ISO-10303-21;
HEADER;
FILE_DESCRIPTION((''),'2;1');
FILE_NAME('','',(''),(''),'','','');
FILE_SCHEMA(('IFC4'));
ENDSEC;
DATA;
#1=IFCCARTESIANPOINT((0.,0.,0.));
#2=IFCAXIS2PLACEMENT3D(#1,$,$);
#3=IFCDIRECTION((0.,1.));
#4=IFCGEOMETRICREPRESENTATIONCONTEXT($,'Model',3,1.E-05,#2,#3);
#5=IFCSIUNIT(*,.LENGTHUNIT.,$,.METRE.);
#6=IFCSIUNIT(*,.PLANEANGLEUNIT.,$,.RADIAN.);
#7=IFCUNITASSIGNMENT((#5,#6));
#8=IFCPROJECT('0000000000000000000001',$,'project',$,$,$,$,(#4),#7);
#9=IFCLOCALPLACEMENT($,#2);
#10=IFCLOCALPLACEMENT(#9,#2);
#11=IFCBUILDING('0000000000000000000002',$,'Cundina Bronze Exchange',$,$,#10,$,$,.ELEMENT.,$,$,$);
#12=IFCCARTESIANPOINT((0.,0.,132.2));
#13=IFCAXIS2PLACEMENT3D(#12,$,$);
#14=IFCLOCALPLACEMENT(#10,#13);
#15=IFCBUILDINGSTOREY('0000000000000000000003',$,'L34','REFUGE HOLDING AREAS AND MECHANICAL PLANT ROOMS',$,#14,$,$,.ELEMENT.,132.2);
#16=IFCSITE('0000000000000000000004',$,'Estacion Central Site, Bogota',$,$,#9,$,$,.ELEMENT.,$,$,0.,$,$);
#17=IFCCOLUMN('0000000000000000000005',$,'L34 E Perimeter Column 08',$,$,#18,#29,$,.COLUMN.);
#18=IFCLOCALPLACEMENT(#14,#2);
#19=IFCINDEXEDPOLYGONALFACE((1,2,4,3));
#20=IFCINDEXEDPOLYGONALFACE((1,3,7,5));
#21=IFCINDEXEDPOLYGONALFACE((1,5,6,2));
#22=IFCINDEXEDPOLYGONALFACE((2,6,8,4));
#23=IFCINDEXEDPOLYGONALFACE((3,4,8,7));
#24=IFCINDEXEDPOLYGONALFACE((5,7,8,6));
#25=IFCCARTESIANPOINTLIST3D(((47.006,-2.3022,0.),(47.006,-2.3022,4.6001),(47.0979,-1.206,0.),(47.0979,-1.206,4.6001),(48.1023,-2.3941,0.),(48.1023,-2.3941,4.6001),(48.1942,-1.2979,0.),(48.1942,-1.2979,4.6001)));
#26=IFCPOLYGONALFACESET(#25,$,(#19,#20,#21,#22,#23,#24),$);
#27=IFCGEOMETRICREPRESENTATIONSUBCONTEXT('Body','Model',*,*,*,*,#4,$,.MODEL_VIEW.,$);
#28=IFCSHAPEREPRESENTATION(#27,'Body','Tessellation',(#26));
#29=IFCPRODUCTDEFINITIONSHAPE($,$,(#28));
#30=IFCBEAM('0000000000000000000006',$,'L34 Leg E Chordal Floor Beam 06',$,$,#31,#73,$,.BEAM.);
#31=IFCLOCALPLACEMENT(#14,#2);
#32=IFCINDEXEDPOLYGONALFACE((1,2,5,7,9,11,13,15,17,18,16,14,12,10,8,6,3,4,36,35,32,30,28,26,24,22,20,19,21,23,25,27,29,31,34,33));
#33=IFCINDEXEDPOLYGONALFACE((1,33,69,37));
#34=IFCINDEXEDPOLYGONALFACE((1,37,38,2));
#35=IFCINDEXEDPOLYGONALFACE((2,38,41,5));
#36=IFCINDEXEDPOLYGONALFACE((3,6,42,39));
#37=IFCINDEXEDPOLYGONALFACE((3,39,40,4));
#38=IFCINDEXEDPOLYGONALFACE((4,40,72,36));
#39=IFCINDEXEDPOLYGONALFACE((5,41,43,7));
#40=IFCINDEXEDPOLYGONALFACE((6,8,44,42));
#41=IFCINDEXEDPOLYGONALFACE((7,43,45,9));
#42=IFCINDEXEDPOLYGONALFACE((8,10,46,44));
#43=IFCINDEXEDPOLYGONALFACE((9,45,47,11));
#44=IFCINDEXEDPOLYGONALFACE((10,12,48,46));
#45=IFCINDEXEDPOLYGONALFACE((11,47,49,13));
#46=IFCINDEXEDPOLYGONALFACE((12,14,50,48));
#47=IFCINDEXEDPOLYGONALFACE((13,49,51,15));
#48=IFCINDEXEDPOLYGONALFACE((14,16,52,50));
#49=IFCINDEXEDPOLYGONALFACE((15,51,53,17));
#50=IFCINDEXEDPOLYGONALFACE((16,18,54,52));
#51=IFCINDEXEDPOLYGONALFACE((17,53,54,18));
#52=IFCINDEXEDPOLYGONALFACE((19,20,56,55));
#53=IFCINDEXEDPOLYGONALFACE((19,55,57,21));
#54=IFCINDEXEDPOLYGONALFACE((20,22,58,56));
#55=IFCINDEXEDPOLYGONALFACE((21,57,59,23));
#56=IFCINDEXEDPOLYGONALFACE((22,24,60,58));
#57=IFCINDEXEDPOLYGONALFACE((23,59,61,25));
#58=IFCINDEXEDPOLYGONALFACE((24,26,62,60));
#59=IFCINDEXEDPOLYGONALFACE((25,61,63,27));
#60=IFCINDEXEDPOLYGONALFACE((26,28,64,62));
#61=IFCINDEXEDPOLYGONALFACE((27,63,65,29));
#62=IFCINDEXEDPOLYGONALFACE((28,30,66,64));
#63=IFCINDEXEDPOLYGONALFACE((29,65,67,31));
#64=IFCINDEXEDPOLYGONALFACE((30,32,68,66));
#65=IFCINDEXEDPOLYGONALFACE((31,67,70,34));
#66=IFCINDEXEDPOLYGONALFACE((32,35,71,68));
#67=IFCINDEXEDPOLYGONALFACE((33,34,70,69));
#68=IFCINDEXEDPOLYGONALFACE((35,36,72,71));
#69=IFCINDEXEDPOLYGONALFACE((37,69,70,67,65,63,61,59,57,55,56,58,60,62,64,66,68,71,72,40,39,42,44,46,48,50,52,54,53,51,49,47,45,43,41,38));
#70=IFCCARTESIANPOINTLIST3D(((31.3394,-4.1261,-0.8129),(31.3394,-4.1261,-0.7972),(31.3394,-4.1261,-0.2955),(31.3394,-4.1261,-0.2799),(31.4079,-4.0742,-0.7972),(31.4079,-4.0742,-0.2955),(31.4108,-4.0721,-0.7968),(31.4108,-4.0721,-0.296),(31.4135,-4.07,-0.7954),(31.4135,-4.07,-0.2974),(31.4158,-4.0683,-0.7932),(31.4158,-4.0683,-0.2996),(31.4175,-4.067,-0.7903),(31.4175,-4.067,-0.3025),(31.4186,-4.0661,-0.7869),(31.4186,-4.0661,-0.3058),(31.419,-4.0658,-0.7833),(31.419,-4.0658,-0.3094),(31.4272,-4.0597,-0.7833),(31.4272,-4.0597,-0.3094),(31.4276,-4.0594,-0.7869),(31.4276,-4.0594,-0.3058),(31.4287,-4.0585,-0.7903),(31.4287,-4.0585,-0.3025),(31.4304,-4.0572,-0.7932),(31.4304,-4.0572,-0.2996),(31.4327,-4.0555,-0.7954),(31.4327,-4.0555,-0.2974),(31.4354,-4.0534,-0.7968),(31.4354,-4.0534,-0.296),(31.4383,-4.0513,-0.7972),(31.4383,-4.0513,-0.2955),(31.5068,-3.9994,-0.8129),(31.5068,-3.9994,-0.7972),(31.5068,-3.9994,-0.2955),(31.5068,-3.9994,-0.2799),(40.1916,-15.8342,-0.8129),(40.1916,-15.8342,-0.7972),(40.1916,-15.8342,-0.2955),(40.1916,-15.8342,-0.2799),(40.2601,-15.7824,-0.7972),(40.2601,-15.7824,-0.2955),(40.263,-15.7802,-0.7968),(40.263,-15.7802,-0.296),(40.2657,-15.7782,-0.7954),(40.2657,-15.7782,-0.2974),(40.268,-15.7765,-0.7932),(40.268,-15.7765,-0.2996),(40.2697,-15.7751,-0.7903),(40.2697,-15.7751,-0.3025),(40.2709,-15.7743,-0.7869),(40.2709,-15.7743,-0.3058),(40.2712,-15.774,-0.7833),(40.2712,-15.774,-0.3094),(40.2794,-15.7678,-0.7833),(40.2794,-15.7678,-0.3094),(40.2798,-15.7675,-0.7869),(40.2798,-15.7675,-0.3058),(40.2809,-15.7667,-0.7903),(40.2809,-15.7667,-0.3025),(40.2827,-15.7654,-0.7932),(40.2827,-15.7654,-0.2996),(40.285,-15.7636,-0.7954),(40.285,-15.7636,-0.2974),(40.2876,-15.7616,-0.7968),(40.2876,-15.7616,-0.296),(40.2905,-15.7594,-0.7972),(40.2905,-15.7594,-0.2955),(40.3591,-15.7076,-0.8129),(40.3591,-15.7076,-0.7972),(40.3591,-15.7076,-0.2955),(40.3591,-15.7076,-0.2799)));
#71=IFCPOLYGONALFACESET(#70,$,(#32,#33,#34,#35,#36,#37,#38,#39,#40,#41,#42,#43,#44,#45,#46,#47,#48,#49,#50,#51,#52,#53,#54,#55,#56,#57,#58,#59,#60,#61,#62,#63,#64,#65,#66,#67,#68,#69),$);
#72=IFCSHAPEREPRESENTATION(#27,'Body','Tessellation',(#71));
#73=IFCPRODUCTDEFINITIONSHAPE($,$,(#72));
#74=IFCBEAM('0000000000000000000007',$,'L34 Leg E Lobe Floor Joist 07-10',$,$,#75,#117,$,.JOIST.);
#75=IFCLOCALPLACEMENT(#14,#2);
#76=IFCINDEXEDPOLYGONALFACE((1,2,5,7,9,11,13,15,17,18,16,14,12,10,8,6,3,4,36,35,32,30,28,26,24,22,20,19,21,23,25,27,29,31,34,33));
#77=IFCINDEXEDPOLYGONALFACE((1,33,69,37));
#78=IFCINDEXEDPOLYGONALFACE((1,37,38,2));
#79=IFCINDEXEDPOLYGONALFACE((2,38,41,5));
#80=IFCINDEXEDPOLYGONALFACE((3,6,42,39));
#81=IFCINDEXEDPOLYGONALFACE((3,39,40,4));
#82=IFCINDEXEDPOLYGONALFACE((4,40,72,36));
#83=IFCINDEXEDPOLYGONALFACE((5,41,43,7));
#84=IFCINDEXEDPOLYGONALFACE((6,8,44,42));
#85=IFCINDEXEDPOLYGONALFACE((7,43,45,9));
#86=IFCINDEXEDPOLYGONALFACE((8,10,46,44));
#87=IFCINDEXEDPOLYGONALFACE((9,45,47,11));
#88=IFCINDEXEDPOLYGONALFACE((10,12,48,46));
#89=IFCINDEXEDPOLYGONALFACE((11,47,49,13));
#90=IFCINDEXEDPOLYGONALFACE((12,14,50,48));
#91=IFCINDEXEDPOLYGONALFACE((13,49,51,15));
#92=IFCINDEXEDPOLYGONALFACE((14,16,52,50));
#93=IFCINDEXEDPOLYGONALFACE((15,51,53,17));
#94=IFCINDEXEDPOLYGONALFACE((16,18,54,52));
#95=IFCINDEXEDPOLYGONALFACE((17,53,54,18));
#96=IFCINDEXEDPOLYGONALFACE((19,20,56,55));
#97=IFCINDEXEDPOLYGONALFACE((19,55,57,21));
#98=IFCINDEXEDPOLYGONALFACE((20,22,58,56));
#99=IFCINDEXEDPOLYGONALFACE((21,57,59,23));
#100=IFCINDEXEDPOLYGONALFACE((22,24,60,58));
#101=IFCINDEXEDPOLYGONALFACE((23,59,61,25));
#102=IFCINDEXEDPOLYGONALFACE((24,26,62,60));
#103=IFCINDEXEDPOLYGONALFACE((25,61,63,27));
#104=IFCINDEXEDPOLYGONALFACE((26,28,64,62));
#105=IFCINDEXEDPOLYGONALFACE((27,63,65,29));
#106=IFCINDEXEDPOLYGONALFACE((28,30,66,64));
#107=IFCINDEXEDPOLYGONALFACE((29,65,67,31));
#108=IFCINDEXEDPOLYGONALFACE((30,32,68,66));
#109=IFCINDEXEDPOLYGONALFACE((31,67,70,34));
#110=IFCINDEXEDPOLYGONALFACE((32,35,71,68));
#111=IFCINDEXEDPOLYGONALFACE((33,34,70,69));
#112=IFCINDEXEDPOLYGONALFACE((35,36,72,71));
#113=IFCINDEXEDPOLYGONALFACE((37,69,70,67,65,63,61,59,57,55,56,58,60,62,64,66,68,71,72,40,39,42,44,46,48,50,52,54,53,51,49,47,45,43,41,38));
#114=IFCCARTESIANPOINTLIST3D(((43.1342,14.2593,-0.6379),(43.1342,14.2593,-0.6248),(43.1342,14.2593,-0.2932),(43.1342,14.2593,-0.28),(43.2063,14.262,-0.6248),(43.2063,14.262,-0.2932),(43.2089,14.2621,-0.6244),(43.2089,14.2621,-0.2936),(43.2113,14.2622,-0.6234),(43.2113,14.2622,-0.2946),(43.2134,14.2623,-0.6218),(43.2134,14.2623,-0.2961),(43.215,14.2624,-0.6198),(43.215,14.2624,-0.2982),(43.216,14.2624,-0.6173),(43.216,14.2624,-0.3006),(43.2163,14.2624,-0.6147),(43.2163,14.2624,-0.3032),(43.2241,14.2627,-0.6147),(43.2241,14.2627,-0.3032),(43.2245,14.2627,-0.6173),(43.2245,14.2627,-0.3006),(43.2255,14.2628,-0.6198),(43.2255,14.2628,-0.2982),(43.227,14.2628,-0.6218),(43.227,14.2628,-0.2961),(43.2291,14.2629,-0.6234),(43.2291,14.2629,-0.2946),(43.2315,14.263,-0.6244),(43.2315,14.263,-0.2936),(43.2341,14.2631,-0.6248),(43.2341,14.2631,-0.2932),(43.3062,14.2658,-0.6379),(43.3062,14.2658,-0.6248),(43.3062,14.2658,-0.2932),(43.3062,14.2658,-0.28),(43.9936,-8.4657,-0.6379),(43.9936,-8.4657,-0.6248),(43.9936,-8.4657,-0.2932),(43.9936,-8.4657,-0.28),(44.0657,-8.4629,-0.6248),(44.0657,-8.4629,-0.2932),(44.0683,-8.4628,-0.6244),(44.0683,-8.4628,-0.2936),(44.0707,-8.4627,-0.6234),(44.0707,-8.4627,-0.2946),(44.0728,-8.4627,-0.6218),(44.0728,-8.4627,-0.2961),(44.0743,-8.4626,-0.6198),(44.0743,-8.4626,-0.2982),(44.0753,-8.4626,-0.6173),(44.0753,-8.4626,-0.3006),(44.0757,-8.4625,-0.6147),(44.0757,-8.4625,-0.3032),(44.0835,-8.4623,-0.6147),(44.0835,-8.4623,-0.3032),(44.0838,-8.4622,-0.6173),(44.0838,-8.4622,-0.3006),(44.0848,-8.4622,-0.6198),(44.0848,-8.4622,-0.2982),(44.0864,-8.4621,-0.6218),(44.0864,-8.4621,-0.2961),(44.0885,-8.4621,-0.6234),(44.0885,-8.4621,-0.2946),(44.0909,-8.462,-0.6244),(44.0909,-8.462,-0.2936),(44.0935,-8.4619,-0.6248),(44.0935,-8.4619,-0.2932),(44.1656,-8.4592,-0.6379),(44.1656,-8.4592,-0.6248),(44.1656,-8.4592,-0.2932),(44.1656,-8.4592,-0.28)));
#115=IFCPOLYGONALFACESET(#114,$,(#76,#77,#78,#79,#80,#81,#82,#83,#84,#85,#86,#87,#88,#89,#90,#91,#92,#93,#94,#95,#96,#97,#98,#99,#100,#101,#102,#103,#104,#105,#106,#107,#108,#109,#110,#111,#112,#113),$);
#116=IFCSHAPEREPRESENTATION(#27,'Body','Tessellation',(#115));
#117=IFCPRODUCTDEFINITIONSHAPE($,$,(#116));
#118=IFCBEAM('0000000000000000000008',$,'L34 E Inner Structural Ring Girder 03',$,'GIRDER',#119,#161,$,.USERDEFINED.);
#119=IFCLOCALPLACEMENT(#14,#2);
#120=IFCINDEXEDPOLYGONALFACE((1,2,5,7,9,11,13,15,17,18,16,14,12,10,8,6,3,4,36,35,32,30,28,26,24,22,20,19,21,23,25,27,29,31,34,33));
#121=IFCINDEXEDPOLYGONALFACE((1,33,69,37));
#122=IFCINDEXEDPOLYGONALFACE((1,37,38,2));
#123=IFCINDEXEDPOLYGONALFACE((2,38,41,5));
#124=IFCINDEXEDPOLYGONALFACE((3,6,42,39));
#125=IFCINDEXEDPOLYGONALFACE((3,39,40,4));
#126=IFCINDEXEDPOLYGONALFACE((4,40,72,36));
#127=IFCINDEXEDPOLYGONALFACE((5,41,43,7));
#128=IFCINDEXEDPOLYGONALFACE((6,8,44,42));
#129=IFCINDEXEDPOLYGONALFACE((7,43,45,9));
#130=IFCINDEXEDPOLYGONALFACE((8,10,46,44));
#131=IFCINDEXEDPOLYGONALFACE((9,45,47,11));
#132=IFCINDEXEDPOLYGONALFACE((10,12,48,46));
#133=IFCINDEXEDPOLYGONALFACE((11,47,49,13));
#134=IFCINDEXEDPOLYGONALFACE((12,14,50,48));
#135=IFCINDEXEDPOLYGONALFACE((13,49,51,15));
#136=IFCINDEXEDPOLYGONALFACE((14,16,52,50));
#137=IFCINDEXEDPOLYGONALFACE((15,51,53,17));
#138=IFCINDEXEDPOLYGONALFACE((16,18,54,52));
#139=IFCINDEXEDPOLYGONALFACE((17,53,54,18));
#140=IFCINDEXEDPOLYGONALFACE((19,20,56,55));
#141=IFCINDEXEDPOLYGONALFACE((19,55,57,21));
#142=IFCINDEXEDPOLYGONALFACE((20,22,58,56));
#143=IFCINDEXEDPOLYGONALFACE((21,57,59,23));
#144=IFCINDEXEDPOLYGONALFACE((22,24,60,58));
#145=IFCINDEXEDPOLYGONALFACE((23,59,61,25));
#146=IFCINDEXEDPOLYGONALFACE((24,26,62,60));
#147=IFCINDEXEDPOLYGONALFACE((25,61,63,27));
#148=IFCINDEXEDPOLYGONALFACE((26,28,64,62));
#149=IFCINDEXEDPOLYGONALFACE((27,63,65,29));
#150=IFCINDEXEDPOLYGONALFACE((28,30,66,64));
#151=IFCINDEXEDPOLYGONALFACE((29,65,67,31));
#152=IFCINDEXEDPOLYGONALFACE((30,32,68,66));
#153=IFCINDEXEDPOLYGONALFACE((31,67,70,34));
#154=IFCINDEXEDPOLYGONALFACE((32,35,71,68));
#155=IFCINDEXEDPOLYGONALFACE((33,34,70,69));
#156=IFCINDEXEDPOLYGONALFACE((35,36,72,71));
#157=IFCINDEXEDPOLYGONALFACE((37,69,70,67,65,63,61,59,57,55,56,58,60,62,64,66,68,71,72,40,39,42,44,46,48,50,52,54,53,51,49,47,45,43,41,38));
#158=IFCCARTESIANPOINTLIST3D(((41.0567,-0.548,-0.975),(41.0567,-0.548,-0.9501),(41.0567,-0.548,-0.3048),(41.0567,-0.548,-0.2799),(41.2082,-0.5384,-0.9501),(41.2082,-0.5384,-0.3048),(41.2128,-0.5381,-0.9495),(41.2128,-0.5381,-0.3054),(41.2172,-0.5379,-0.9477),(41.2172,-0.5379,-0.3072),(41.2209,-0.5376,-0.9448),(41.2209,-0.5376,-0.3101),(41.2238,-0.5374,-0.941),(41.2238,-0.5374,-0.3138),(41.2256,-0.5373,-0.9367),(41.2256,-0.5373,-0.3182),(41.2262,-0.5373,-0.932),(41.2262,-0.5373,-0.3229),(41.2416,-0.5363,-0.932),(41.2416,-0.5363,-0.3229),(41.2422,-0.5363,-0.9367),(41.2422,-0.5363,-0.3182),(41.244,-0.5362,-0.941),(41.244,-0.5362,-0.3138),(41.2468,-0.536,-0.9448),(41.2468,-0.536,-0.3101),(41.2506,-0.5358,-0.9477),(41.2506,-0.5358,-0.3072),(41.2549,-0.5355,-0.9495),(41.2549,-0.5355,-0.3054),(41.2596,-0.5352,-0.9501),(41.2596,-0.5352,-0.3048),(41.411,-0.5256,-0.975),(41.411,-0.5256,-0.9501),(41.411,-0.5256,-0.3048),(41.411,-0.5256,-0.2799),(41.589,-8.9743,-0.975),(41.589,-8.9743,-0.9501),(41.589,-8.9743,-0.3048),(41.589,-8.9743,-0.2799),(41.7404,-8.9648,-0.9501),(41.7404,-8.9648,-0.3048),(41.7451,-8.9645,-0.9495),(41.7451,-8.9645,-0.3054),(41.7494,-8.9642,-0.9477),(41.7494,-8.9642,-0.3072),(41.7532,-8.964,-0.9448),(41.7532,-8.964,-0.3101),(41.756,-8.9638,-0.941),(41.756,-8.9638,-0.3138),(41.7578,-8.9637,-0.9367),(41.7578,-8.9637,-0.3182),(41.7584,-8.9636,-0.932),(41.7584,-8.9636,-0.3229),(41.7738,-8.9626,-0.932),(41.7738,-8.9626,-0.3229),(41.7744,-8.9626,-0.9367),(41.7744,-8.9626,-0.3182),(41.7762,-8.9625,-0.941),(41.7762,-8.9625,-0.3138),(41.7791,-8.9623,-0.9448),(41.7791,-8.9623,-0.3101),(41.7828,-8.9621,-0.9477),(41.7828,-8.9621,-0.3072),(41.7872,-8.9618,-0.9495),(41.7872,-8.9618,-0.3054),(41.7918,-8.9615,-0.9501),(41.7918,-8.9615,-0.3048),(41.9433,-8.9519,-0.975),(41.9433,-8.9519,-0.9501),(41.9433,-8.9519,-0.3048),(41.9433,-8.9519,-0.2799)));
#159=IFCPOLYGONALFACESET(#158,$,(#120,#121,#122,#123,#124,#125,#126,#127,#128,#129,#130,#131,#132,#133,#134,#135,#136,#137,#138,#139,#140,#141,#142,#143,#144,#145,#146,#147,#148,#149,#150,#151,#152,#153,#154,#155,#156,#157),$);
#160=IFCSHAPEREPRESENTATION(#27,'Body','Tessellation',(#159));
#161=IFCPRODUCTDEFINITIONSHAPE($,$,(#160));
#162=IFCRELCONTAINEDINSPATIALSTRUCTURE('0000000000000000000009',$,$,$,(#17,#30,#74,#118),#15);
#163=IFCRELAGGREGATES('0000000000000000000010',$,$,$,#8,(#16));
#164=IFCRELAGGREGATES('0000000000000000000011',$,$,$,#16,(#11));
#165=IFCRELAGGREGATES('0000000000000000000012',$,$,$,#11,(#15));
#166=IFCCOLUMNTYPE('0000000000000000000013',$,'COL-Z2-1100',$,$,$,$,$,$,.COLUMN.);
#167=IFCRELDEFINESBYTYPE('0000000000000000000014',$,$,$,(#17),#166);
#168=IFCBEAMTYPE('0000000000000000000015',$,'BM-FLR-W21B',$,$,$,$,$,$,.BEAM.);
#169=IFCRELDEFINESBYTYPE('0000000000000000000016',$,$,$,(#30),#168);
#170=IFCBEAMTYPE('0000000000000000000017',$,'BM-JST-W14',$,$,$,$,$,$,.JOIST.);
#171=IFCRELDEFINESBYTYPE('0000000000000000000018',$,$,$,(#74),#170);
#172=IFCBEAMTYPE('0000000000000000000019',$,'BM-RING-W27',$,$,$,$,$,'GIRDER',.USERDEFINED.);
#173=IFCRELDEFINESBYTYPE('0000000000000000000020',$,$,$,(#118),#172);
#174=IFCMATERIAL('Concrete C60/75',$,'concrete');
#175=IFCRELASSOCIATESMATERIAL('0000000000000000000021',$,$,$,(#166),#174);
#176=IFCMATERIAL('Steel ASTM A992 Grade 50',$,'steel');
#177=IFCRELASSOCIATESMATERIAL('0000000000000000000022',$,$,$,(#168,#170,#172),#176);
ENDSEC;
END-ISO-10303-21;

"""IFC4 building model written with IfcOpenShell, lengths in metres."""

from ifc_helpers import new_model, si_unit, direction, frame, origin, origin_2d, place, context, subcontext, project, spatial, rectangle, i_section, extrude, material, material_profile, profile_set, type_object, element, save


model = new_model("IFC4")

# Units and contexts
model_context = context("Model", 3, precision=1e-05, world=origin(), true_north=direction((0.0, 1.0)))
body_context = subcontext(model_context, "Body", "Model", "MODEL_VIEW")
ifc_project = project(units=[si_unit("LENGTHUNIT", "METRE"), si_unit("PLANEANGLEUNIT", "RADIAN")], contexts=[model_context])

# Site, building, storey
site_placement = place(None, origin())
site = spatial("IfcSite", under=ifc_project, at=site_placement, Name="Estacion Central Site, Bogota", CompositionType="ELEMENT", RefElevation=0.0)
building_placement = place(site_placement, origin())
building = spatial("IfcBuilding", under=site, at=building_placement, Name="Cundina Bronze Exchange", CompositionType="ELEMENT")
storey_placement = place(building_placement, frame((0.0, 0.0, 132.2)))
storey = spatial("IfcBuildingStorey", under=building, at=storey_placement, Name="L34", Description="REFUGE HOLDING AREAS AND MECHANICAL PLANT ROOMS", CompositionType="ELEMENT", Elevation=132.2)

# Column
ifc_material_1 = material(Name="Concrete C60/75", Category="concrete")
ifc_material_profile_1 = material_profile(ifc_material_1, rectangle(XDim=1.1001, YDim=1.1001, at=origin_2d()), Name="RC1100X1100", Category="concrete")
ifc_profile_set_1 = profile_set([ifc_material_profile_1], Name="Concrete C60/75")
column_type = type_object("IfcColumnType", Name="COL-Z2-1100", PredefinedType="COLUMN", material=ifc_profile_set_1)
column_placement = place(storey_placement, frame((47.6001, -1.8, 0.0), z_axis=(0.0, 0.0, 1.0), x_axis=(0.083504, 0.996507, 0.0)))
element("IfcColumn", 1, at=column_placement, inside=storey, type_object=column_type, Name="L34 E Perimeter Column 08", PredefinedType="COLUMN", context=body_context, shape_type="SweptSolid", body=[
    extrude(rectangle(XDim=1.1001, YDim=1.1001, at=origin_2d()), origin(), (0.0, 0.0, 1.0), 4.6001),
])

# Beams
ifc_material_2 = material(Name="Steel ASTM A992 Grade 50", Category="steel")
ifc_material_profile_2 = material_profile(ifc_material_2, i_section(OverallWidth=0.21, OverallDepth=0.533, WebThickness=0.0103, FlangeThickness=0.0156, FilletRadius=0.0139, at=origin_2d()), Name="W21X62", Category="steel")
ifc_profile_set_2 = profile_set([ifc_material_profile_2], Name="Steel ASTM A992 Grade 50")
beam_type_1 = type_object("IfcBeamType", Name="BM-FLR-W21B", PredefinedType="BEAM", material=ifc_profile_set_2)
beam_1_placement = place(storey_placement, frame((31.4231, -4.0627, -0.5464), z_axis=(0.603096, -0.797669, 0.0), x_axis=(0.797669, 0.603096, 0.0)))
element("IfcBeam", 2, at=beam_1_placement, inside=storey, type_object=beam_type_1, Name="L34 Leg E Chordal Floor Beam 06", PredefinedType="BEAM", context=body_context, shape_type="SweptSolid", body=[
    extrude(i_section(OverallWidth=0.21, OverallDepth=0.533, WebThickness=0.0103, FlangeThickness=0.0156, FilletRadius=0.0139, at=origin_2d()), origin(), (0.0, 0.0, 1.0), 14.678),
])
ifc_material_profile_3 = material_profile(ifc_material_2, i_section(OverallWidth=0.1721, OverallDepth=0.3579, WebThickness=0.0078, FlangeThickness=0.0132, FilletRadius=0.01, at=origin_2d()), Name="W14X38", Category="steel")
ifc_profile_set_3 = profile_set([ifc_material_profile_3], Name="Steel ASTM A992 Grade 50")
beam_type_2 = type_object("IfcBeamType", Name="BM-JST-W14", PredefinedType="JOIST", material=ifc_profile_set_3)
beam_2_placement = place(storey_placement, frame((44.0796, -8.4624, -0.459), z_axis=(-0.03779, 0.999286, 0.0), x_axis=(-0.999286, -0.03779, 0.0)))
element("IfcBeam", 3, at=beam_2_placement, inside=storey, type_object=beam_type_2, Name="L34 Leg E Lobe Floor Joist 07-10", PredefinedType="JOIST", context=body_context, shape_type="SweptSolid", body=[
    extrude(i_section(OverallWidth=0.1721, OverallDepth=0.3579, WebThickness=0.0078, FlangeThickness=0.0132, FilletRadius=0.01, at=origin_2d()), origin(), (0.0, 0.0, 1.0), 22.7412),
])
ifc_material_profile_4 = material_profile(ifc_material_2, i_section(OverallWidth=0.355, OverallDepth=0.6951, WebThickness=0.0154, FlangeThickness=0.0249, FilletRadius=0.0181, at=origin_2d()), Name="W27X146", Category="steel")
ifc_profile_set_4 = profile_set([ifc_material_profile_4], Name="Steel ASTM A992 Grade 50")
beam_type_3 = type_object("IfcBeamType", Name="BM-RING-W27", ElementType="GIRDER", PredefinedType="USERDEFINED", material=ifc_profile_set_4)
beam_3_placement = place(storey_placement, frame((41.7661, -8.9631, -0.6274), z_axis=(-0.063037, 0.998011, 0.0), x_axis=(-0.998011, -0.063037, 0.0)))
element("IfcBeam", 4, at=beam_3_placement, inside=storey, type_object=beam_type_3, Name="L34 E Inner Structural Ring Girder 03", ObjectType="GIRDER", PredefinedType="USERDEFINED", context=body_context, shape_type="SweptSolid", body=[
    extrude(i_section(OverallWidth=0.355, OverallDepth=0.6951, WebThickness=0.0154, FlangeThickness=0.0249, FilletRadius=0.0181, at=origin_2d()), origin(), (0.0, 0.0, 1.0), 8.4431),
])

save(model, "model.ifc")
